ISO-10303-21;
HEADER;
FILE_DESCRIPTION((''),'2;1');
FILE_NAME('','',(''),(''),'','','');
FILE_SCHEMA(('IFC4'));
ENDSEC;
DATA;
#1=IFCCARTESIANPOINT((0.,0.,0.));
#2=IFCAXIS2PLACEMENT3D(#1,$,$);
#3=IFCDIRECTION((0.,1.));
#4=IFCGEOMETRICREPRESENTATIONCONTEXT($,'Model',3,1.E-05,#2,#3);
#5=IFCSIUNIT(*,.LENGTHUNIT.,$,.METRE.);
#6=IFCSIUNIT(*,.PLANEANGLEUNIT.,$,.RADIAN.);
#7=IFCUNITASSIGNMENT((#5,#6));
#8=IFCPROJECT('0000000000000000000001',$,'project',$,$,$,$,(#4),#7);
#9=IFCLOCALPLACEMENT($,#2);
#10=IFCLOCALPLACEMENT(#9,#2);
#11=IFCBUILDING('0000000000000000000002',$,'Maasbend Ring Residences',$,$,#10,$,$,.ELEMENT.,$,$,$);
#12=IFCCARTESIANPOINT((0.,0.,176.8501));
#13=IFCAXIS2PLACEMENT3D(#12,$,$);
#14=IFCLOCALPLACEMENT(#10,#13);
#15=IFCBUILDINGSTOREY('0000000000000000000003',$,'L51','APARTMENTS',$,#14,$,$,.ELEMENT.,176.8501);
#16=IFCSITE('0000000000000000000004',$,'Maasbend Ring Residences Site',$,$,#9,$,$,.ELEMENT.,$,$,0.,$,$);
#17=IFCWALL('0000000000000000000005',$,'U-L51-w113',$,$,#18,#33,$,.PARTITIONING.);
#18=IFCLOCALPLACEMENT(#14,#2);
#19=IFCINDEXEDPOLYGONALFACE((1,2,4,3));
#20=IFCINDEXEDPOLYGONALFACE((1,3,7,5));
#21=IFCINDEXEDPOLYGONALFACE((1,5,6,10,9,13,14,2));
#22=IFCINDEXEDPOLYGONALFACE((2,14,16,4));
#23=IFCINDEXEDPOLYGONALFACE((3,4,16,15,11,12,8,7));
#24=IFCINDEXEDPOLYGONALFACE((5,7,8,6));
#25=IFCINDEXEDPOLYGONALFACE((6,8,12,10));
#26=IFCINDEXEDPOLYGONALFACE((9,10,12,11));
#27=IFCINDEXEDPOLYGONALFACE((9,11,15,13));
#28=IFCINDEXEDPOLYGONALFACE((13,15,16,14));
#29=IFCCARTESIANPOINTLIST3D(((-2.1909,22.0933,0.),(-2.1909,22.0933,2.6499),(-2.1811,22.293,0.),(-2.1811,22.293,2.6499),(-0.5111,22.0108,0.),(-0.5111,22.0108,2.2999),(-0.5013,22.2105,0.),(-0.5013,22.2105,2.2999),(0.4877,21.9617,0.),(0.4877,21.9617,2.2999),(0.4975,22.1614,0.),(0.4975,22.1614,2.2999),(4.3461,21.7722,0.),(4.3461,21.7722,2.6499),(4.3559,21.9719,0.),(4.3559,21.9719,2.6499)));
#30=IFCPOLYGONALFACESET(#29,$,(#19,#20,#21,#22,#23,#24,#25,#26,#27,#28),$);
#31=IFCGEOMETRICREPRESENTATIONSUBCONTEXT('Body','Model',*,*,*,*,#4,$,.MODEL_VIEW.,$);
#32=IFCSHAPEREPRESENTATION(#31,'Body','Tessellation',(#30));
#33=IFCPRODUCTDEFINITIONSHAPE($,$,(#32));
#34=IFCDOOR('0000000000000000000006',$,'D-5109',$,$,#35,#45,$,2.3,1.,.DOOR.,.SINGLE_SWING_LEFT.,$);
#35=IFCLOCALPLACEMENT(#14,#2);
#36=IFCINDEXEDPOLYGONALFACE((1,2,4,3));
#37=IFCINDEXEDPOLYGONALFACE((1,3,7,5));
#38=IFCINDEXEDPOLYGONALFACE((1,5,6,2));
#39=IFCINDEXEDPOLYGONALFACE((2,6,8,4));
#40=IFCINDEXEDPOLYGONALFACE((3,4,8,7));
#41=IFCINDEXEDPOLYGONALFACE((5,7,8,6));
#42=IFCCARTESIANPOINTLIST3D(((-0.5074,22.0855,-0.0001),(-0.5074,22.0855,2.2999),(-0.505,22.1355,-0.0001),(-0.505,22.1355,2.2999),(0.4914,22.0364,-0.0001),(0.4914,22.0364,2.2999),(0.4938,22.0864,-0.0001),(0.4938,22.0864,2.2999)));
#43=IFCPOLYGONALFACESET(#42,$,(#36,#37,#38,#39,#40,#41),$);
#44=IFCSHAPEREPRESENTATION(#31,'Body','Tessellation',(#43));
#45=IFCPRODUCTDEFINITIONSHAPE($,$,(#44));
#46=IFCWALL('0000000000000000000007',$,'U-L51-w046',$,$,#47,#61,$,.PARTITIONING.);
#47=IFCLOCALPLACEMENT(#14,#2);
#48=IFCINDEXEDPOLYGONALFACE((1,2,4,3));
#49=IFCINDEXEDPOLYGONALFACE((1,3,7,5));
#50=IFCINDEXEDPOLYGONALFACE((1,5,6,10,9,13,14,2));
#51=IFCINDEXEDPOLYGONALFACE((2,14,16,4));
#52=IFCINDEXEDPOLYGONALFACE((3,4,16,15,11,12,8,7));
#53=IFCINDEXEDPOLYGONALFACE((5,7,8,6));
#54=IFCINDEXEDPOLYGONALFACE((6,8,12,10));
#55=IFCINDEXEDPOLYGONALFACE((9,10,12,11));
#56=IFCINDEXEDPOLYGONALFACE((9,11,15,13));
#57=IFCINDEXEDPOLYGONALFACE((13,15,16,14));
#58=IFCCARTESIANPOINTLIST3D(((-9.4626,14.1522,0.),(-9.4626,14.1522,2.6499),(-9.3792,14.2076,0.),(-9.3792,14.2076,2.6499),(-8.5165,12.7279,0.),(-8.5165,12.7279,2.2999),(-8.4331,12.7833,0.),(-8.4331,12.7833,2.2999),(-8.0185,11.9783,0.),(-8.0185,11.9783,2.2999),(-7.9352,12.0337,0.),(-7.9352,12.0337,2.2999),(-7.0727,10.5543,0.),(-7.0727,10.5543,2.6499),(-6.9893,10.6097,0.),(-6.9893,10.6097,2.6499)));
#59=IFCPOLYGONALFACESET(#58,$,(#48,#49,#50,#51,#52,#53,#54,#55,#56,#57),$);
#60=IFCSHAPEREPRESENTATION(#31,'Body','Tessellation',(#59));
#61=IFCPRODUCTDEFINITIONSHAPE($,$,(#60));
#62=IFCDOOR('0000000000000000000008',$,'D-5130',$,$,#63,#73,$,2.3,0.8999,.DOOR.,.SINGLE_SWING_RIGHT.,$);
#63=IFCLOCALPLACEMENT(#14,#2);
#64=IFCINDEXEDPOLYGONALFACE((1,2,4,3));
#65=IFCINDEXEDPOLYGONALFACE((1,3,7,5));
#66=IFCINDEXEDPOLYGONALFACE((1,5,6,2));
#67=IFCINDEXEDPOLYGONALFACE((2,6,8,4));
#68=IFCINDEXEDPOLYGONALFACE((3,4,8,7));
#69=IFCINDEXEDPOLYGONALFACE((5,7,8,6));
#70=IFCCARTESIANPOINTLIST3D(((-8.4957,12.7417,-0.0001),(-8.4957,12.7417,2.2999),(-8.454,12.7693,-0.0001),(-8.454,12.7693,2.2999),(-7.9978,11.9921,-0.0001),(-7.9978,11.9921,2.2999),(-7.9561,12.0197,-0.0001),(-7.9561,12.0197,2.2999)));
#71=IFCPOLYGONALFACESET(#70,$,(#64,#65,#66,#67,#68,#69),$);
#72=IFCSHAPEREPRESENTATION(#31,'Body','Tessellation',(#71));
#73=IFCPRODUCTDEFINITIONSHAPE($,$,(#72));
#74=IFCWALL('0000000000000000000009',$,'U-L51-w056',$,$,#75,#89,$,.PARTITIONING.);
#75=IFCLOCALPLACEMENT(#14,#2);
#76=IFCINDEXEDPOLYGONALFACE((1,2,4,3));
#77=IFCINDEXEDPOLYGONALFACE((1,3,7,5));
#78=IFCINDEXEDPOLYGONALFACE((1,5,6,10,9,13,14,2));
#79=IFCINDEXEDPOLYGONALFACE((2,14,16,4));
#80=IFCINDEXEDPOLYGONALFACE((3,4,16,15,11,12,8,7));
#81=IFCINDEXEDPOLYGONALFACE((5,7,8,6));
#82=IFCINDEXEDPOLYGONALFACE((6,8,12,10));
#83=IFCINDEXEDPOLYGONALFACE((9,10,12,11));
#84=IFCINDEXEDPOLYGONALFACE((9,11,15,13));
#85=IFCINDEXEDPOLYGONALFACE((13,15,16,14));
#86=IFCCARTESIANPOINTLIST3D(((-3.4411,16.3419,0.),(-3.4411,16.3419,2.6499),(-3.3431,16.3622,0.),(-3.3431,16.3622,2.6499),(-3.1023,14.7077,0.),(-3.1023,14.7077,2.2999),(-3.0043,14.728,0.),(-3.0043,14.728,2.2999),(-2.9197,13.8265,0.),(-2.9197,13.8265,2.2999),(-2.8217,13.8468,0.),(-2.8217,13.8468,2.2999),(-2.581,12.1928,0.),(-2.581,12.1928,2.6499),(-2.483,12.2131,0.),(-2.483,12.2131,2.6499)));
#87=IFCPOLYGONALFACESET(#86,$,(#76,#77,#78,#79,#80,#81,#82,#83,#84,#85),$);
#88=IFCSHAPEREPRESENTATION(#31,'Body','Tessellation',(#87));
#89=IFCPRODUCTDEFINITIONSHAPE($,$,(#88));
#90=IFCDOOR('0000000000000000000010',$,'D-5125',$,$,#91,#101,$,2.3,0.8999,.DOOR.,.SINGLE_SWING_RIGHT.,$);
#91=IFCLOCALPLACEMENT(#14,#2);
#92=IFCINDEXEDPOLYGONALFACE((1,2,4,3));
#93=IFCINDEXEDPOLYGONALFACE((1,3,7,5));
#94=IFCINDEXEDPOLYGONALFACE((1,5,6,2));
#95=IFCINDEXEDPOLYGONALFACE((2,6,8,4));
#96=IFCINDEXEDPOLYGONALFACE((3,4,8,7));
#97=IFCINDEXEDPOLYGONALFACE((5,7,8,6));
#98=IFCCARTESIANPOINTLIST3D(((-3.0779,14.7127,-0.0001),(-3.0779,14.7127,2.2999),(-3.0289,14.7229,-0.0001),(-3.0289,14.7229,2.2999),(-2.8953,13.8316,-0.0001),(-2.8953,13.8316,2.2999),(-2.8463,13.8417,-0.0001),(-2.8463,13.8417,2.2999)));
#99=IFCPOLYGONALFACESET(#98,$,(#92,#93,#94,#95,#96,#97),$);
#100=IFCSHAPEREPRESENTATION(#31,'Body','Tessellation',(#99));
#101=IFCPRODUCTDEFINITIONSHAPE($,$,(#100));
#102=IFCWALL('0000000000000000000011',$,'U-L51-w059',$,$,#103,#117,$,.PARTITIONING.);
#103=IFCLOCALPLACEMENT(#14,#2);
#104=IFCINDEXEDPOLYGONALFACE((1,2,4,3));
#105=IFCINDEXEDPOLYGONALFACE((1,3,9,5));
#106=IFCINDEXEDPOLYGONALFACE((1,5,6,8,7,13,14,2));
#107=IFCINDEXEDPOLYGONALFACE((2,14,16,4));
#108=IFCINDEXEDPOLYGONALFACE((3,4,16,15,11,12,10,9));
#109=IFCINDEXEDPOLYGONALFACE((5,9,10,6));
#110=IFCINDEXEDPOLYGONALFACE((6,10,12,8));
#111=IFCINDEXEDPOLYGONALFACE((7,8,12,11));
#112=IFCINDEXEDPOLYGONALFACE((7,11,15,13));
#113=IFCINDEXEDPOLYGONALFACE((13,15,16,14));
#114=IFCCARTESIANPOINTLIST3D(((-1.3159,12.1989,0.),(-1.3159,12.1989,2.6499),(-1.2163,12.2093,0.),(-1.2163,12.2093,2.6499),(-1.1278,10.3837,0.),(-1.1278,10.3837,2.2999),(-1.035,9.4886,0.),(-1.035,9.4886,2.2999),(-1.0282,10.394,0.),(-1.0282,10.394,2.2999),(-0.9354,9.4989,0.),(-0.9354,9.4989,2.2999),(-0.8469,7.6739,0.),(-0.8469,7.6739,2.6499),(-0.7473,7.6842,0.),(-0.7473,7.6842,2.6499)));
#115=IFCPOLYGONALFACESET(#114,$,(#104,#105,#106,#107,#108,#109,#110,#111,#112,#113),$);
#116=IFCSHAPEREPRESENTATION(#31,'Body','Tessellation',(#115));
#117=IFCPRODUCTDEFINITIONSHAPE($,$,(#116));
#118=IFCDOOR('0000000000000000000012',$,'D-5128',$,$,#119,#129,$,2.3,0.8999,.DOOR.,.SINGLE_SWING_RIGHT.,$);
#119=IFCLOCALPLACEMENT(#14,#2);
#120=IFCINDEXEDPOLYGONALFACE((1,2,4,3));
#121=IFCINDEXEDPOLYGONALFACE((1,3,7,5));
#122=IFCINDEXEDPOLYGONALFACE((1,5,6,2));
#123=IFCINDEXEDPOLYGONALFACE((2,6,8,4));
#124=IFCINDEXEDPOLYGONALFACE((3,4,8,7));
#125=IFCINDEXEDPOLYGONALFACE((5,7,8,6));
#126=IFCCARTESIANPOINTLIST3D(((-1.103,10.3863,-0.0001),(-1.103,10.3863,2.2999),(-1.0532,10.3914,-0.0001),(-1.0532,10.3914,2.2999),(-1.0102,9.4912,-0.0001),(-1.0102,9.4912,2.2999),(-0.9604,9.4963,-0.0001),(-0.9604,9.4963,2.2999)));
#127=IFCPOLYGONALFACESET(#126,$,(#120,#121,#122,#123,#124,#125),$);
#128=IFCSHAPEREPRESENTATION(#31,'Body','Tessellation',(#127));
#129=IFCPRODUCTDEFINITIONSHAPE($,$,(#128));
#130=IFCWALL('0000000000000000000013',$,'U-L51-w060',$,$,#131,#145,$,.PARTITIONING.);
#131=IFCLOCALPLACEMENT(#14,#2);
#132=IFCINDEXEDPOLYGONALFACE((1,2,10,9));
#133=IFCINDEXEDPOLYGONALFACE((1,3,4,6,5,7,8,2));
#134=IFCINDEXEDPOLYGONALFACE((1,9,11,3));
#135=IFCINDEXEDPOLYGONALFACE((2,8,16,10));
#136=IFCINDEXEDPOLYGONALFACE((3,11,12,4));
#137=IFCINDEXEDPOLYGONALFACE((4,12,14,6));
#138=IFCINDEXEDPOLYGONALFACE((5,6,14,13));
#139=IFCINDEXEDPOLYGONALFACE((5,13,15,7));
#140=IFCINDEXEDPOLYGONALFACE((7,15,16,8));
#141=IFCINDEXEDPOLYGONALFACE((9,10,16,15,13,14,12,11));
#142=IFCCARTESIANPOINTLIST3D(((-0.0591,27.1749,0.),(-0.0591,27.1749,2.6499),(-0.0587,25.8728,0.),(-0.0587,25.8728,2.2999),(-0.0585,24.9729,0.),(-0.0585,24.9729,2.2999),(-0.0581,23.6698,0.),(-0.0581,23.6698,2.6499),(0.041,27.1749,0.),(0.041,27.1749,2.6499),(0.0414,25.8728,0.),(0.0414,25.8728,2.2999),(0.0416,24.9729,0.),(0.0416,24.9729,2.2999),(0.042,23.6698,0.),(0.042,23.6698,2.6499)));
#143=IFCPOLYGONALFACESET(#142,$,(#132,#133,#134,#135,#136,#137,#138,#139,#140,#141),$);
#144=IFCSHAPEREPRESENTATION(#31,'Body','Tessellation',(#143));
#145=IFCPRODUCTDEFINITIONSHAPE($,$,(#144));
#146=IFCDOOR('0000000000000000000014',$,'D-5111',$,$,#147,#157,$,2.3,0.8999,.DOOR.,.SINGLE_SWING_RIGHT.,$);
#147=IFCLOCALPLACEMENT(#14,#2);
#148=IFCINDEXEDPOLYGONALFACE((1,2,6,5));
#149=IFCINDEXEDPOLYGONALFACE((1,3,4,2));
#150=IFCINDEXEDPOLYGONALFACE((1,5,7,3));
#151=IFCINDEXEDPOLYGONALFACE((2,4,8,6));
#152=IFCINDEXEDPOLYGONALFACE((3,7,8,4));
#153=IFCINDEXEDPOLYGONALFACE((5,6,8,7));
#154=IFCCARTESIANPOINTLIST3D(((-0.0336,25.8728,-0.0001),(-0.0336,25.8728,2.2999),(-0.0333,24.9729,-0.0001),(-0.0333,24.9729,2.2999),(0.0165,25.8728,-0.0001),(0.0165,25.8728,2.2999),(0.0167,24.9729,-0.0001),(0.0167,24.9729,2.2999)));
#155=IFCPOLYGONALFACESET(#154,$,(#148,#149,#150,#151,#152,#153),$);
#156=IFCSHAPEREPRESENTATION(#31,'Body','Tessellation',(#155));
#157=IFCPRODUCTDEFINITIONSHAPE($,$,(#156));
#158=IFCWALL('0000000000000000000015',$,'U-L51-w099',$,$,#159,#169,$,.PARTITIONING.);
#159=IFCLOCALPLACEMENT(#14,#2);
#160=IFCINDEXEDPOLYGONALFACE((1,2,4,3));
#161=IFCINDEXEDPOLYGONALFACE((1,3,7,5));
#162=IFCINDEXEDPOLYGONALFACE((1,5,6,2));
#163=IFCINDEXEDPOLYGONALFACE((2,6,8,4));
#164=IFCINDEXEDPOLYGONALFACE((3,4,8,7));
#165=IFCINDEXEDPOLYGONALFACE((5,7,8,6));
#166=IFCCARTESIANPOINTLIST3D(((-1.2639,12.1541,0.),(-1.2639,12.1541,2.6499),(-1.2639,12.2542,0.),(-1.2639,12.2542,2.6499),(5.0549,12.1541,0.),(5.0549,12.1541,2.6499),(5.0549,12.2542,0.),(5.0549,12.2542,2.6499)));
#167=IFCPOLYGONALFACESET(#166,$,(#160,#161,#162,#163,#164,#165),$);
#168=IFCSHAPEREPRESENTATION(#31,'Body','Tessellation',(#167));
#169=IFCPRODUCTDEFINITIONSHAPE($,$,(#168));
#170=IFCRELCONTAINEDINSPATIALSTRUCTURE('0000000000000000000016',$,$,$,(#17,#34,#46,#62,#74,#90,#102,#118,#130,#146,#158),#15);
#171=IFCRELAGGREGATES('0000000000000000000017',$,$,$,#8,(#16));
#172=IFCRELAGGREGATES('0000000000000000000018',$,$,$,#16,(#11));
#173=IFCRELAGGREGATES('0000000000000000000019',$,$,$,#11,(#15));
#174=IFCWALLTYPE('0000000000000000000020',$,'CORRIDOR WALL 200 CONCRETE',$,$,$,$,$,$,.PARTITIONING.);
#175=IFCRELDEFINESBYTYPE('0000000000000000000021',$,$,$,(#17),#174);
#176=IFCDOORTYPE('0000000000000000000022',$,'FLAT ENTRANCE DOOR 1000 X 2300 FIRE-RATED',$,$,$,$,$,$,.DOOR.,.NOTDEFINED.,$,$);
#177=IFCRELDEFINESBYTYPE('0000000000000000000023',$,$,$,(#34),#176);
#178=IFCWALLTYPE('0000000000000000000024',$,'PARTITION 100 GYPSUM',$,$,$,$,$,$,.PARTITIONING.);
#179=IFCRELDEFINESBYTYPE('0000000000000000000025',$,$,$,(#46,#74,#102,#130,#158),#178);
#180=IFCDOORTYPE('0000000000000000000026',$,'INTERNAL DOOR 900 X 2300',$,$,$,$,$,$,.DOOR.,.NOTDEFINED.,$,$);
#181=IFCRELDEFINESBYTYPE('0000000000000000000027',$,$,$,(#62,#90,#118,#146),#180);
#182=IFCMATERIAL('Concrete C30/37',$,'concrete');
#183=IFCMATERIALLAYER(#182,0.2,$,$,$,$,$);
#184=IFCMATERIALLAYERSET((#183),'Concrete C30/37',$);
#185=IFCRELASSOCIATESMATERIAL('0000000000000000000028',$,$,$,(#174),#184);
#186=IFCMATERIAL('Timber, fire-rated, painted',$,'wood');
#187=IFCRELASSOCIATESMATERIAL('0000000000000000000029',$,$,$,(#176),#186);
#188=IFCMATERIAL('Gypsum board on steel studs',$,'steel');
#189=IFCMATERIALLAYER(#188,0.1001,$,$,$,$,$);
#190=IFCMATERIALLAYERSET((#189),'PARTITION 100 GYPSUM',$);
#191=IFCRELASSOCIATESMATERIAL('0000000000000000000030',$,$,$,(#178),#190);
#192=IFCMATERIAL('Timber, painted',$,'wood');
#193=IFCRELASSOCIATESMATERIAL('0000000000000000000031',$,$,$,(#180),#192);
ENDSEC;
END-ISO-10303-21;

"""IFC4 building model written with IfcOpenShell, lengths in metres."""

from ifc_helpers import new_model, si_unit, direction, frame, frame_2d, origin, place, context, subcontext, project, spatial, rectangle, extrude, material, layer, layer_set, type_object, element, fill, save


model = new_model("IFC4")

# Units and contexts
model_context = context("Model", 3, precision=1e-05, world=origin(), true_north=direction((0.0, 1.0)))
body_context = subcontext(model_context, "Body", "Model", "MODEL_VIEW")
ifc_project = project(units=[si_unit("LENGTHUNIT", "METRE"), si_unit("PLANEANGLEUNIT", "RADIAN")], contexts=[model_context])

# Site, building, storey
site_placement = place(None, origin())
site = spatial("IfcSite", under=ifc_project, at=site_placement, Name="Maasbend Ring Residences Site", CompositionType="ELEMENT", RefElevation=0.0)
building_placement = place(site_placement, origin())
building = spatial("IfcBuilding", under=site, at=building_placement, Name="Maasbend Ring Residences", CompositionType="ELEMENT")
storey_placement = place(building_placement, frame((0.0, 0.0, 176.8501)))
storey = spatial("IfcBuildingStorey", under=building, at=storey_placement, Name="L51", Description="APARTMENTS", CompositionType="ELEMENT", Elevation=176.8501)

# Walls, openings, doors
ifc_material_1 = material(Name="Concrete C30/37", Category="concrete")
ifc_layer_1 = layer(ifc_material_1, 0.2)
ifc_layer_set_1 = layer_set([ifc_layer_1], Name="Concrete C30/37")
wall_type_1 = type_object("IfcWallType", Name="CORRIDOR WALL 200 CONCRETE", PredefinedType="PARTITIONING", material=ifc_layer_set_1)
ifc_material_2 = material(Name="Timber, fire-rated, painted", Category="wood")
door_type_1 = type_object("IfcDoorType", Name="FLAT ENTRANCE DOOR 1000 X 2300 FIRE-RATED", OperationType="NOTDEFINED", PredefinedType="DOOR", material=ifc_material_2)
wall_1_placement = place(storey_placement, frame((-2.186, 22.1931, 0.0), z_axis=(0.0, 0.0, 1.0), x_axis=(0.998796, -0.049052, 0.0)))
wall_1 = element("IfcWall", 1, at=wall_1_placement, inside=storey, type_object=wall_type_1, Name="U-L51-w113", PredefinedType="PARTITIONING", context=body_context, shape_type="SweptSolid", body=[
    extrude(rectangle(XDim=6.5449, YDim=0.2, at=frame_2d((3.2725, 0.0))), origin(), (0.0, 0.0, 1.0), 2.6499),
])
opening_1_placement = place(wall_1_placement, frame((1.6819, 0.0, 0.0)))
opening_1 = element("IfcOpeningElement", 2, at=opening_1_placement, cuts=wall_1, PredefinedType="OPENING", context=body_context, shape_type="SweptSolid", body=[
    extrude(rectangle(XDim=1.0, YDim=2.3, at=frame_2d((0.5, 1.1499))), frame((0.0, 0.1099, 0.0), z_axis=(0.0, -1.0, 0.0), x_axis=(1.0, 0.0, 0.0)), (0.0, 0.0, 1.0), 0.22),
])
door_1_placement = place(opening_1_placement, origin())
door_1 = element("IfcDoor", 3, at=door_1_placement, inside=storey, type_object=door_type_1, Name="D-5109", OperationType="SINGLE_SWING_LEFT", OverallHeight=2.3, OverallWidth=1.0, PredefinedType="DOOR", context=body_context, shape_type="SweptSolid", body=[
    extrude(rectangle(XDim=1.0, YDim=2.3, at=frame_2d((0.5, 1.1499))), frame((0.0, 0.0249, 0.0), z_axis=(0.0, -1.0, 0.0), x_axis=(1.0, 0.0, 0.0)), (0.0, 0.0, 1.0), 0.05),
])
fill(opening_1, door_1)
ifc_material_3 = material(Name="Gypsum board on steel studs", Category="steel")
ifc_layer_2 = layer(ifc_material_3, 0.1001)
ifc_layer_set_2 = layer_set([ifc_layer_2], Name="PARTITION 100 GYPSUM")
wall_type_2 = type_object("IfcWallType", Name="PARTITION 100 GYPSUM", PredefinedType="PARTITIONING", material=ifc_layer_set_2)
wall_2_placement = place(storey_placement, frame((-9.4209, 14.1799, 0.0), z_axis=(0.0, 0.0, 1.0), x_axis=(0.553304, -0.83298, 0.0)))
wall_2 = element("IfcWall", 4, at=wall_2_placement, inside=storey, type_object=wall_type_2, Name="U-L51-w046", PredefinedType="PARTITIONING", context=body_context, shape_type="SweptSolid", body=[
    extrude(rectangle(XDim=4.3193, YDim=0.1001, at=frame_2d((2.1597, 0.0))), origin(), (0.0, 0.0, 1.0), 2.6499),
])
opening_2_placement = place(wall_2_placement, frame((1.71, 0.0, 0.0)))
opening_2 = element("IfcOpeningElement", 5, at=opening_2_placement, cuts=wall_2, PredefinedType="OPENING", context=body_context, shape_type="SweptSolid", body=[
    extrude(rectangle(XDim=0.8999, YDim=2.3, at=frame_2d((0.45, 1.1499))), frame((0.0, 0.0601, 0.0), z_axis=(0.0, -1.0, 0.0), x_axis=(1.0, 0.0, 0.0)), (0.0, 0.0, 1.0), 0.1201),
])
ifc_material_4 = material(Name="Timber, painted", Category="wood")
door_type_2 = type_object("IfcDoorType", Name="INTERNAL DOOR 900 X 2300", OperationType="NOTDEFINED", PredefinedType="DOOR", material=ifc_material_4)
door_2_placement = place(opening_2_placement, origin())
door_2 = element("IfcDoor", 6, at=door_2_placement, inside=storey, type_object=door_type_2, Name="D-5130", OperationType="SINGLE_SWING_RIGHT", OverallHeight=2.3, OverallWidth=0.8999, PredefinedType="DOOR", context=body_context, shape_type="SweptSolid", body=[
    extrude(rectangle(XDim=0.8999, YDim=2.3, at=frame_2d((0.45, 1.1499))), frame((0.0, 0.0249, 0.0), z_axis=(0.0, -1.0, 0.0), x_axis=(1.0, 0.0, 0.0)), (0.0, 0.0, 1.0), 0.05),
])
fill(opening_2, door_2)
wall_3_placement = place(storey_placement, frame((-3.3921, 16.3521, 0.0), z_axis=(0.0, 0.0, 1.0), x_axis=(0.202981, -0.979183, 0.0)))
wall_3 = element("IfcWall", 7, at=wall_3_placement, inside=storey, type_object=wall_type_2, Name="U-L51-w056", PredefinedType="PARTITIONING", context=body_context, shape_type="SweptSolid", body=[
    extrude(rectangle(XDim=4.2373, YDim=0.1001, at=frame_2d((2.1187, 0.0))), origin(), (0.0, 0.0, 1.0), 2.6499),
])
opening_3_placement = place(wall_3_placement, frame((1.6689, 0.0, 0.0)))
opening_3 = element("IfcOpeningElement", 8, at=opening_3_placement, cuts=wall_3, PredefinedType="OPENING", context=body_context, shape_type="SweptSolid", body=[
    extrude(rectangle(XDim=0.8999, YDim=2.3, at=frame_2d((0.45, 1.1499))), frame((0.0, 0.0601, 0.0), z_axis=(0.0, -1.0, 0.0), x_axis=(1.0, 0.0, 0.0)), (0.0, 0.0, 1.0), 0.1201),
])
door_3_placement = place(opening_3_placement, origin())
door_3 = element("IfcDoor", 9, at=door_3_placement, inside=storey, type_object=door_type_2, Name="D-5125", OperationType="SINGLE_SWING_RIGHT", OverallHeight=2.3, OverallWidth=0.8999, PredefinedType="DOOR", context=body_context, shape_type="SweptSolid", body=[
    extrude(rectangle(XDim=0.8999, YDim=2.3, at=frame_2d((0.45, 1.1499))), frame((0.0, 0.0249, 0.0), z_axis=(0.0, -1.0, 0.0), x_axis=(1.0, 0.0, 0.0)), (0.0, 0.0, 1.0), 0.05),
])
fill(opening_3, door_3)
wall_4_placement = place(storey_placement, frame((-1.2661, 12.2041, 0.0), z_axis=(0.0, 0.0, 1.0), x_axis=(0.10309, -0.994672, 0.0)))
wall_4 = element("IfcWall", 10, at=wall_4_placement, inside=storey, type_object=wall_type_2, Name="U-L51-w059", PredefinedType="PARTITIONING", context=body_context, shape_type="SweptSolid", body=[
    extrude(rectangle(XDim=4.5493, YDim=0.1001, at=frame_2d((2.2747, 0.0))), origin(), (0.0, 0.0, 1.0), 2.6499),
])
opening_4_placement = place(wall_4_placement, frame((1.825, 0.0, 0.0)))
opening_4 = element("IfcOpeningElement", 11, at=opening_4_placement, cuts=wall_4, PredefinedType="OPENING", context=body_context, shape_type="SweptSolid", body=[
    extrude(rectangle(XDim=0.8999, YDim=2.3, at=frame_2d((0.45, 1.1499))), frame((0.0, 0.0601, 0.0), z_axis=(0.0, -1.0, 0.0), x_axis=(1.0, 0.0, 0.0)), (0.0, 0.0, 1.0), 0.1201),
])
door_4_placement = place(opening_4_placement, origin())
door_4 = element("IfcDoor", 12, at=door_4_placement, inside=storey, type_object=door_type_2, Name="D-5128", OperationType="SINGLE_SWING_RIGHT", OverallHeight=2.3, OverallWidth=0.8999, PredefinedType="DOOR", context=body_context, shape_type="SweptSolid", body=[
    extrude(rectangle(XDim=0.8999, YDim=2.3, at=frame_2d((0.45, 1.1499))), frame((0.0, 0.0249, 0.0), z_axis=(0.0, -1.0, 0.0), x_axis=(1.0, 0.0, 0.0)), (0.0, 0.0, 1.0), 0.05),
])
fill(opening_4, door_4)
wall_5_placement = place(storey_placement, frame((-0.0081, 23.6699, 0.0), z_axis=(0.0, 0.0, 1.0), x_axis=(-0.000279, 1.0, 0.0)))
wall_5 = element("IfcWall", 13, at=wall_5_placement, inside=storey, type_object=wall_type_2, Name="U-L51-w060", PredefinedType="PARTITIONING", context=body_context, shape_type="SweptSolid", body=[
    extrude(rectangle(XDim=3.5051, YDim=0.1001, at=frame_2d((1.7524, 0.0))), origin(), (0.0, 0.0, 1.0), 2.6499),
])
opening_5_placement = place(wall_5_placement, frame((1.303, 0.0, 0.0)))
opening_5 = element("IfcOpeningElement", 14, at=opening_5_placement, cuts=wall_5, PredefinedType="OPENING", context=body_context, shape_type="SweptSolid", body=[
    extrude(rectangle(XDim=0.8999, YDim=2.3, at=frame_2d((0.45, 1.1499))), frame((0.0, 0.0601, 0.0), z_axis=(0.0, -1.0, 0.0), x_axis=(1.0, 0.0, 0.0)), (0.0, 0.0, 1.0), 0.1201),
])
door_5_placement = place(opening_5_placement, origin())
door_5 = element("IfcDoor", 15, at=door_5_placement, inside=storey, type_object=door_type_2, Name="D-5111", OperationType="SINGLE_SWING_RIGHT", OverallHeight=2.3, OverallWidth=0.8999, PredefinedType="DOOR", context=body_context, shape_type="SweptSolid", body=[
    extrude(rectangle(XDim=0.8999, YDim=2.3, at=frame_2d((0.45, 1.1499))), frame((0.0, 0.0249, 0.0), z_axis=(0.0, -1.0, 0.0), x_axis=(1.0, 0.0, 0.0)), (0.0, 0.0, 1.0), 0.05),
])
fill(opening_5, door_5)

# Wall
wall_6_placement = place(storey_placement, frame((-1.2639, 12.2041, 0.0), z_axis=(0.0, 0.0, 1.0), x_axis=(1.0, 0.0, 0.0)))
element("IfcWall", 16, at=wall_6_placement, inside=storey, type_object=wall_type_2, Name="U-L51-w099", PredefinedType="PARTITIONING", context=body_context, shape_type="SweptSolid", body=[
    extrude(rectangle(XDim=6.3188, YDim=0.1001, at=frame_2d((3.1594, 0.0))), origin(), (0.0, 0.0, 1.0), 2.6499),
])

save(model, "model.ifc")
